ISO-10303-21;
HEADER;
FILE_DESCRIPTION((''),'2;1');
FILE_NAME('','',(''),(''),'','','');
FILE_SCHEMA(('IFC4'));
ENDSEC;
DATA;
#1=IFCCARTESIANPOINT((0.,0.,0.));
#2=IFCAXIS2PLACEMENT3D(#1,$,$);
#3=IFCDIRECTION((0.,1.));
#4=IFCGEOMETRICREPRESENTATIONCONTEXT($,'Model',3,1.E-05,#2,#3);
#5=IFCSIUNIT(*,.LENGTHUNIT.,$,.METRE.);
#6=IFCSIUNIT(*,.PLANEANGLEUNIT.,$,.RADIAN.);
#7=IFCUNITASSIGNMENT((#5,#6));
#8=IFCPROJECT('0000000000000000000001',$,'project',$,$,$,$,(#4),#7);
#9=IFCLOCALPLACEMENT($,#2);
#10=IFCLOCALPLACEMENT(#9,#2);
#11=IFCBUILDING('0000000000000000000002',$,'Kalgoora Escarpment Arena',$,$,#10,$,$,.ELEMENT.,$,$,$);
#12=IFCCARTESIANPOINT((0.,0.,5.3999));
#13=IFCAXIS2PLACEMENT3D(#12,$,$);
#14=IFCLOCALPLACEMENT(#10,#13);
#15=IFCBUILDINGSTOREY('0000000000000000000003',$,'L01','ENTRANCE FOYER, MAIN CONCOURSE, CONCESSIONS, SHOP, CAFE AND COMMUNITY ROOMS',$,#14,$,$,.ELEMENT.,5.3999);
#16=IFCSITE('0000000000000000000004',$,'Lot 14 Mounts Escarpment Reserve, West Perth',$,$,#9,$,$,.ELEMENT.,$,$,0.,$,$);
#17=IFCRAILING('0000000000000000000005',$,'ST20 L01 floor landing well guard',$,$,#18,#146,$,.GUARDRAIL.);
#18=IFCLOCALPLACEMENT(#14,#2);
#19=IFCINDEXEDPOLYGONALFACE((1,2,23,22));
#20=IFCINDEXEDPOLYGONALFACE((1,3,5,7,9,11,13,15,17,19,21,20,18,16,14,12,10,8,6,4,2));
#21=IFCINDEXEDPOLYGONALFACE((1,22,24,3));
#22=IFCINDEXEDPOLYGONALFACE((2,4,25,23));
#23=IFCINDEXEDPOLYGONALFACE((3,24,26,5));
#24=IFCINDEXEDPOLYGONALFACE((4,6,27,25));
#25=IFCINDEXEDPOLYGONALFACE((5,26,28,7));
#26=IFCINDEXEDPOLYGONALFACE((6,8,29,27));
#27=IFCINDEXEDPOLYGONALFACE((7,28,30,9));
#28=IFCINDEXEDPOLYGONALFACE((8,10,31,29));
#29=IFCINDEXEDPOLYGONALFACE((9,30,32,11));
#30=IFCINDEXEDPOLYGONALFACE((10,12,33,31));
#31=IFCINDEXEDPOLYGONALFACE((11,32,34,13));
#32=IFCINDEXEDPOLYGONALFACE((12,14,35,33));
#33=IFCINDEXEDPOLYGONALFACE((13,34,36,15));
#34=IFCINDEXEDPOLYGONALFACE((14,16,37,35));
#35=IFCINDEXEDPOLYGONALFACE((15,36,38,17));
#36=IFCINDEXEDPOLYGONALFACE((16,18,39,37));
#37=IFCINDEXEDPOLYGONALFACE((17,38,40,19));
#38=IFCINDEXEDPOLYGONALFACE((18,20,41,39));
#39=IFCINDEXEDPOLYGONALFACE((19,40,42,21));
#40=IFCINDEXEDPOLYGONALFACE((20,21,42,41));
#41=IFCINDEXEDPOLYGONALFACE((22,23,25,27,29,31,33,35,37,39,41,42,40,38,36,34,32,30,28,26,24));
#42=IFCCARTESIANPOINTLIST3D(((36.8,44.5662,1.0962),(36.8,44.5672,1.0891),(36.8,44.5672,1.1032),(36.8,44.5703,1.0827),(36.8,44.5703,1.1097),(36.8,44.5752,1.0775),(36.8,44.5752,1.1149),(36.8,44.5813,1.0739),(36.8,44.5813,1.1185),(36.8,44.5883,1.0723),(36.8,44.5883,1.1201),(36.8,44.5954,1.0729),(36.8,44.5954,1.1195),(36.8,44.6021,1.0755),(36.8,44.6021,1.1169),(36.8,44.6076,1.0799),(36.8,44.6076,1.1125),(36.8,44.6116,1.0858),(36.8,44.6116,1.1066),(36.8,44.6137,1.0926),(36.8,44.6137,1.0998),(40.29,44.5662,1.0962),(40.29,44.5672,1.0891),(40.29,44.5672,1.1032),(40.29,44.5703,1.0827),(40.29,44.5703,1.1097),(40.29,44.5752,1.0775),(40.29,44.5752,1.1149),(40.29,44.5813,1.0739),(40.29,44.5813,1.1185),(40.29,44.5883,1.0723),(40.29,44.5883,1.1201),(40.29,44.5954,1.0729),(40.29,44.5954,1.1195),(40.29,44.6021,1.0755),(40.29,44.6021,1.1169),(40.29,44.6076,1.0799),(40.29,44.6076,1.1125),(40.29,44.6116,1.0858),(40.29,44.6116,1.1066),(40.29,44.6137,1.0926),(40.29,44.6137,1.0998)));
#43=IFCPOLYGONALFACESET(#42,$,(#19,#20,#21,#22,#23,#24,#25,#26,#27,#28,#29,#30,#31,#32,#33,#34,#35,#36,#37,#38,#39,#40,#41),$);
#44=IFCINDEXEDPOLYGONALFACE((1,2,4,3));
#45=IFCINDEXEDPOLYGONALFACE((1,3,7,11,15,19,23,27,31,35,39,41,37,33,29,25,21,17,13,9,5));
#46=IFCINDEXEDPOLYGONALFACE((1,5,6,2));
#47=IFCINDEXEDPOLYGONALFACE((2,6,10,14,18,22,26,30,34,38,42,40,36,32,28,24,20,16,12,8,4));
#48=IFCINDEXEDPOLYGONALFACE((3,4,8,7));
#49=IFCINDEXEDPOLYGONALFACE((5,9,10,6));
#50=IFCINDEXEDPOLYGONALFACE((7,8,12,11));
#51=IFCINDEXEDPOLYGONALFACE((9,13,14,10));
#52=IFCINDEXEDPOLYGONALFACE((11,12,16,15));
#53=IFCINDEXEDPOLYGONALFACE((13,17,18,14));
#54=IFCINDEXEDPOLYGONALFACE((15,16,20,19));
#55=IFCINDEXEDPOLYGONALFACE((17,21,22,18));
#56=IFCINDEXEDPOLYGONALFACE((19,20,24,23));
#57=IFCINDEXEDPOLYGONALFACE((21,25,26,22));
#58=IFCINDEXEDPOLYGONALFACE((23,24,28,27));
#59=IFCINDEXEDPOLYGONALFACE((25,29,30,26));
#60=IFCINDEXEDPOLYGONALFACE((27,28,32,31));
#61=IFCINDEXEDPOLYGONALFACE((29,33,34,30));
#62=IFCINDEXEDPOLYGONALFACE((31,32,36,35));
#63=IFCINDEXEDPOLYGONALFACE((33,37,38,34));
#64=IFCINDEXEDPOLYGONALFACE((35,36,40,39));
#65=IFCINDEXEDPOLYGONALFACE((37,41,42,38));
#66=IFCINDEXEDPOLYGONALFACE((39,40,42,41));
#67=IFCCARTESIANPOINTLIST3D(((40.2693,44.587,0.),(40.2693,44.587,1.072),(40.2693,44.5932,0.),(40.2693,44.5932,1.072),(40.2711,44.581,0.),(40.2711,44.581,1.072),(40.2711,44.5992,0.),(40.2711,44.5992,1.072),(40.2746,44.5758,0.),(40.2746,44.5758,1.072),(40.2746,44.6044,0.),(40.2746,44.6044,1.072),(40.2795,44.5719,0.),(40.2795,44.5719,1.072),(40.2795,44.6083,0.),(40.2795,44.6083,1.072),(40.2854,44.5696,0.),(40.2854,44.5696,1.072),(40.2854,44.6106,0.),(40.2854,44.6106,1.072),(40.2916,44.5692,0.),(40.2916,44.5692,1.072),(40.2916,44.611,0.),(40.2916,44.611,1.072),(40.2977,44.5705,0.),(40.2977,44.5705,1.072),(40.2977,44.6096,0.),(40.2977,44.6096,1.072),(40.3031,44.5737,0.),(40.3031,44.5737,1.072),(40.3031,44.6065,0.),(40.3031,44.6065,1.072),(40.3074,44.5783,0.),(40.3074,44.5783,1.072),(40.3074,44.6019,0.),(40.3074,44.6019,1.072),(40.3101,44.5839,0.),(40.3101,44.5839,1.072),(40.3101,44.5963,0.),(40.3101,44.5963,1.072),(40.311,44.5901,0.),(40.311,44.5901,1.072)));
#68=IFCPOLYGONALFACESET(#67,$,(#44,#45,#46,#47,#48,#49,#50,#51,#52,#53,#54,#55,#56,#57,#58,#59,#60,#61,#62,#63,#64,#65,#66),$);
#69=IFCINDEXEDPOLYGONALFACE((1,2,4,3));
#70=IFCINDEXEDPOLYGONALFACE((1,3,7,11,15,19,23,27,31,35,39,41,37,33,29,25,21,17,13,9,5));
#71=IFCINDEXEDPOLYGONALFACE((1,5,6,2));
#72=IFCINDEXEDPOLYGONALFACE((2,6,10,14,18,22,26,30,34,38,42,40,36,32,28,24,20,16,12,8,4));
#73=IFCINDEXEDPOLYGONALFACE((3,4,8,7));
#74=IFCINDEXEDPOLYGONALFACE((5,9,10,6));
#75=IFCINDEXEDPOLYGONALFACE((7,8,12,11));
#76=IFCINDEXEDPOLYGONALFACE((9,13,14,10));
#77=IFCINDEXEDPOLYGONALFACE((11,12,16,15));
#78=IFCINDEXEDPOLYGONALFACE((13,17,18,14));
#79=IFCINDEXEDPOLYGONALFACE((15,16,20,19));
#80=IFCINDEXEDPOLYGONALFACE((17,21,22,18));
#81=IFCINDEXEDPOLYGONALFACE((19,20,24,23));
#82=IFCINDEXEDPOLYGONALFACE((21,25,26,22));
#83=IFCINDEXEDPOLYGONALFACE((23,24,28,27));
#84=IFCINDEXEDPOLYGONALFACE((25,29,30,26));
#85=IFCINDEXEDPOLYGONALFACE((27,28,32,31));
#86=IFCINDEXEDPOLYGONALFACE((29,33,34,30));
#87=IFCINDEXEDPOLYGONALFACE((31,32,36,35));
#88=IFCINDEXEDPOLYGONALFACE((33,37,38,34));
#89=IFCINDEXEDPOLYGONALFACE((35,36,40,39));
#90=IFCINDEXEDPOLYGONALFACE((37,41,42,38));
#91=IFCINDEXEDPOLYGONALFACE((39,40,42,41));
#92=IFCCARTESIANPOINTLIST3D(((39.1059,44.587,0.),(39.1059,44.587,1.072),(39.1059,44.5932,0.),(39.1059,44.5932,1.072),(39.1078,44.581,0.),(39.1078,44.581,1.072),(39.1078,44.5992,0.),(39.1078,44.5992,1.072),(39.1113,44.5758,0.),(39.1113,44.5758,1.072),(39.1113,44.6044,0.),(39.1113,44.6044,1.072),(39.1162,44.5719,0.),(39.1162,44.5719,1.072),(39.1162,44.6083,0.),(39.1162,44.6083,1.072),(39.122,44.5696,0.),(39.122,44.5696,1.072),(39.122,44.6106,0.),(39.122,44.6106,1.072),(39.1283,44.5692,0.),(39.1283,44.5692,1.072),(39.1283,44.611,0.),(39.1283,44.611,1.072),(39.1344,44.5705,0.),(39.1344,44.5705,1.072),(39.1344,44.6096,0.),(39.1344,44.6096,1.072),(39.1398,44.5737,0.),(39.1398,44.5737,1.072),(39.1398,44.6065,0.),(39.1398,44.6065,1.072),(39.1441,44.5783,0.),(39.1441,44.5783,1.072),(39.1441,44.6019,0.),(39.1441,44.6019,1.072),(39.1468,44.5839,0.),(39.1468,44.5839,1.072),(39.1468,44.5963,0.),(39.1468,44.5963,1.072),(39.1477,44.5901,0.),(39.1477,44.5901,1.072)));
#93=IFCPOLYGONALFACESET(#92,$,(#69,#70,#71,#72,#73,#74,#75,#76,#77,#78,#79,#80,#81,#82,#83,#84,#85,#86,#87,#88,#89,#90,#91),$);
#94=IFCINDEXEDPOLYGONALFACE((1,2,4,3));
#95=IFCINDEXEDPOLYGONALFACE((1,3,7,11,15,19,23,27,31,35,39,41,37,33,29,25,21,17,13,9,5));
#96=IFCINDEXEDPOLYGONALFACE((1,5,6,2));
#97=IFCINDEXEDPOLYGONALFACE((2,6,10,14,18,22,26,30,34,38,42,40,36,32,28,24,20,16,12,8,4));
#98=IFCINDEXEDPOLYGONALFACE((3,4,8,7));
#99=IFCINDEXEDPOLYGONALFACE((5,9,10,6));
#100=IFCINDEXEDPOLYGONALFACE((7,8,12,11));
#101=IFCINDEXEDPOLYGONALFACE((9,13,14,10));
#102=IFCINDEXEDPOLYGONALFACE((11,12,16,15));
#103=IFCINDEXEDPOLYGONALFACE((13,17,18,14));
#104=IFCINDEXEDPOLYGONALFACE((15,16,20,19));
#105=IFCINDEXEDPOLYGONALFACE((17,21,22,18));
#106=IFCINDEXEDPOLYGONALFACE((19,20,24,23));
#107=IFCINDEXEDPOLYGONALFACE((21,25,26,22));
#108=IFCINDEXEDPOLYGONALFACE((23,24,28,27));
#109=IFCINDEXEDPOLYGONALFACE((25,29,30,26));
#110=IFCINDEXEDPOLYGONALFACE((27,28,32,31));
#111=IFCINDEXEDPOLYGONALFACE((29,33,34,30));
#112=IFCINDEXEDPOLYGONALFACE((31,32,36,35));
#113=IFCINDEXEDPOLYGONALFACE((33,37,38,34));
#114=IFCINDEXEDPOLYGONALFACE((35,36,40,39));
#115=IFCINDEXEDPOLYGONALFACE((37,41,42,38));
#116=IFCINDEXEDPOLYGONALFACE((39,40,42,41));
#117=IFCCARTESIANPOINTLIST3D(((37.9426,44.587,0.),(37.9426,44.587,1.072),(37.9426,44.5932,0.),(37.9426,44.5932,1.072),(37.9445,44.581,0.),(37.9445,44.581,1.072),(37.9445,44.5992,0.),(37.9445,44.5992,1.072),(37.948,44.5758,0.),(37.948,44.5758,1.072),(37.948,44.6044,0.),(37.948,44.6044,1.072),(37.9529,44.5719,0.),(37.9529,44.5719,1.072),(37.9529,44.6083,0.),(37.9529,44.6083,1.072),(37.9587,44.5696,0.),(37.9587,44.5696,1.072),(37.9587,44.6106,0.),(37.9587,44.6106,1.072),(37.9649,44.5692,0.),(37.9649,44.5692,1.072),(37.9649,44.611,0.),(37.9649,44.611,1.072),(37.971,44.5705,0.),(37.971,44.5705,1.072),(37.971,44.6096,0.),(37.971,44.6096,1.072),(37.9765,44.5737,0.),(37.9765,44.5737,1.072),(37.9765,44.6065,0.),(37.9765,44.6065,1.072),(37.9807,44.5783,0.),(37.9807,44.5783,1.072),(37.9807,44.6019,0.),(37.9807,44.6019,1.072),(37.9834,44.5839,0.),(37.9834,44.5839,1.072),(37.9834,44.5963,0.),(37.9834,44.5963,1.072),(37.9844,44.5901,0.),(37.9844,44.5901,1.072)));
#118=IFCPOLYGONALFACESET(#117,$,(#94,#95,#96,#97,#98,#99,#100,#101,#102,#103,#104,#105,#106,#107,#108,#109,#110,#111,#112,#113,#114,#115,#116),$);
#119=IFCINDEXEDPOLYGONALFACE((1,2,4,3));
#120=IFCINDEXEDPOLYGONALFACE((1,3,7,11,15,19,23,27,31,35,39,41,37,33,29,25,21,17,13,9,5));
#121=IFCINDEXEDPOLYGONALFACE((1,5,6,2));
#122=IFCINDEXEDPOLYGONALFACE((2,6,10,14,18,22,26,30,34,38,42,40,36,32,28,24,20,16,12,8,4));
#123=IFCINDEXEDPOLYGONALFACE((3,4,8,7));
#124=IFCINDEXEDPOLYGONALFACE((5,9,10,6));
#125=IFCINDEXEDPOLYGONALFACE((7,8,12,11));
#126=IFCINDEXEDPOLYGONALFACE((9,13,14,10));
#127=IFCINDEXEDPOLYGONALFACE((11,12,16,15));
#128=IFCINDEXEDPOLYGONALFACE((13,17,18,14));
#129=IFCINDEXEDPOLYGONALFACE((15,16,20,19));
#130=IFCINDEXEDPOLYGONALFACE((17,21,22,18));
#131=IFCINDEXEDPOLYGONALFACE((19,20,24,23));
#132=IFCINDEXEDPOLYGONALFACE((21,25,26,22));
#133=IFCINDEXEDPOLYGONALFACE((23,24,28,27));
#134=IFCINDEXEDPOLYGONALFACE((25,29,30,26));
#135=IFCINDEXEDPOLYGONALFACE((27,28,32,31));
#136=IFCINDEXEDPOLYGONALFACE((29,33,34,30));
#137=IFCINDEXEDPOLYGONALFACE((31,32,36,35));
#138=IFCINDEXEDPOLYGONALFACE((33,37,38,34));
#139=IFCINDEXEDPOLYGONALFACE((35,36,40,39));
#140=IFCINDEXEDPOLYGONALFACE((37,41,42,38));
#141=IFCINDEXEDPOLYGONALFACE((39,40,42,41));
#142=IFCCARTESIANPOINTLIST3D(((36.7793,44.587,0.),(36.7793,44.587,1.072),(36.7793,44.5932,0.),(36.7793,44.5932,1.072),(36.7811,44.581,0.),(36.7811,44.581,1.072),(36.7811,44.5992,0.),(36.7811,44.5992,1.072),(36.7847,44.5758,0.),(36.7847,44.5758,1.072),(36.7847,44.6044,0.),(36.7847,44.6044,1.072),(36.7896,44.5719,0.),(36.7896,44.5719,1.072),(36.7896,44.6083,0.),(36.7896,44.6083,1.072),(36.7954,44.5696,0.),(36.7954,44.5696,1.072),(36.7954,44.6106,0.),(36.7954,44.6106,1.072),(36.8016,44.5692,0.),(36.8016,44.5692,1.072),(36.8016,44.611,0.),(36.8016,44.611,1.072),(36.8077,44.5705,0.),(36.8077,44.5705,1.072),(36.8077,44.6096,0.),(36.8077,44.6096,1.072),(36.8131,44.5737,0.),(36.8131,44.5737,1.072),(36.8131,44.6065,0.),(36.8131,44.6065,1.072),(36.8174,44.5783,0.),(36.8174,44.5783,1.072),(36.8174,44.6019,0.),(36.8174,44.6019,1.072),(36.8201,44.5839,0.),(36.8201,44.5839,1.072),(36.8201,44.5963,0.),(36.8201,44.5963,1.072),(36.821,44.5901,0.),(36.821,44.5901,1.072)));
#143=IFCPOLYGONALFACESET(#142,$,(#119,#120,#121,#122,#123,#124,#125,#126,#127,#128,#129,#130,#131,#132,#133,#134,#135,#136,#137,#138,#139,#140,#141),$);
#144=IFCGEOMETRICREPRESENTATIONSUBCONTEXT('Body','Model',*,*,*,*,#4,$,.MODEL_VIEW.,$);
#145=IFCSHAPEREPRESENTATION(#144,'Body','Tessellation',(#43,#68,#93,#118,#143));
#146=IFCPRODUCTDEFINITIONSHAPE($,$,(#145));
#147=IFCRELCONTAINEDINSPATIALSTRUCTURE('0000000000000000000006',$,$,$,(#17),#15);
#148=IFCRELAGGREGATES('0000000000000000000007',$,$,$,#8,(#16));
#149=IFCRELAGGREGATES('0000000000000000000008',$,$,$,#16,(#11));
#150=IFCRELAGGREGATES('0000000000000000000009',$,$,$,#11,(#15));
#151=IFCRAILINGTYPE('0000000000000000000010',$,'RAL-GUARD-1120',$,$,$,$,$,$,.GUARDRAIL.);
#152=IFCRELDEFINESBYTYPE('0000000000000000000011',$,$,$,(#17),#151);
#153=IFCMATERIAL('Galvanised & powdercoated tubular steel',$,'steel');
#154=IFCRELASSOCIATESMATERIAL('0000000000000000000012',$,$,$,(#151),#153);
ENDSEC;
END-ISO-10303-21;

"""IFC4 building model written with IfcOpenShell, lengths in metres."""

from ifc_helpers import new_model, si_unit, direction, frame, origin, origin_2d, place, context, subcontext, project, spatial, circle, extrude, material, type_object, element, save


model = new_model("IFC4")

# Units and contexts
model_context = context("Model", 3, precision=1e-05, world=origin(), true_north=direction((0.0, 1.0)))
body_context = subcontext(model_context, "Body", "Model", "MODEL_VIEW")
ifc_project = project(units=[si_unit("LENGTHUNIT", "METRE"), si_unit("PLANEANGLEUNIT", "RADIAN")], contexts=[model_context])

# Site, building, storey
site_placement = place(None, origin())
site = spatial("IfcSite", under=ifc_project, at=site_placement, Name="Lot 14 Mounts Escarpment Reserve, West Perth", CompositionType="ELEMENT", RefElevation=0.0)
building_placement = place(site_placement, origin())
building = spatial("IfcBuilding", under=site, at=building_placement, Name="Kalgoora Escarpment Arena", CompositionType="ELEMENT")
storey_placement = place(building_placement, frame((0.0, 0.0, 5.3999)))
storey = spatial("IfcBuildingStorey", under=building, at=storey_placement, Name="L01", Description="ENTRANCE FOYER, MAIN CONCOURSE, CONCESSIONS, SHOP, CAFE AND COMMUNITY ROOMS", CompositionType="ELEMENT", Elevation=5.3999)

# Railing
ifc_material_1 = material(Name="Galvanised & powdercoated tubular steel", Category="steel")
railing_type_1 = type_object("IfcRailingType", Name="RAL-GUARD-1120", PredefinedType="GUARDRAIL", material=ifc_material_1)
railing_1_placement = place(storey_placement, frame((40.29, 44.5901, 0.0)))
element("IfcRailing", 1, at=railing_1_placement, inside=storey, type_object=railing_type_1, Name="ST20 L01 floor landing well guard", PredefinedType="GUARDRAIL", context=body_context, shape_type="SweptSolid", body=[
    extrude(circle(Radius=0.0239, at=origin_2d()), frame((0.0, 0.0, 1.0962), z_axis=(-1.0, 0.0, 0.0), x_axis=(0.0, -1.0, 0.0)), (0.0, 0.0, 1.0), 3.49),
    extrude(circle(Radius=0.021, at=origin_2d()), origin(), (0.0, 0.0, 1.0), 1.072),
    extrude(circle(Radius=0.021, at=origin_2d()), frame((-1.1633, 0.0, 0.0)), (0.0, 0.0, 1.0), 1.072),
    extrude(circle(Radius=0.021, at=origin_2d()), frame((-2.3267, 0.0, 0.0)), (0.0, 0.0, 1.0), 1.072),
    extrude(circle(Radius=0.021, at=origin_2d()), frame((-3.49, 0.0, 0.0)), (0.0, 0.0, 1.0), 1.072),
])

save(model, "model.ifc")
